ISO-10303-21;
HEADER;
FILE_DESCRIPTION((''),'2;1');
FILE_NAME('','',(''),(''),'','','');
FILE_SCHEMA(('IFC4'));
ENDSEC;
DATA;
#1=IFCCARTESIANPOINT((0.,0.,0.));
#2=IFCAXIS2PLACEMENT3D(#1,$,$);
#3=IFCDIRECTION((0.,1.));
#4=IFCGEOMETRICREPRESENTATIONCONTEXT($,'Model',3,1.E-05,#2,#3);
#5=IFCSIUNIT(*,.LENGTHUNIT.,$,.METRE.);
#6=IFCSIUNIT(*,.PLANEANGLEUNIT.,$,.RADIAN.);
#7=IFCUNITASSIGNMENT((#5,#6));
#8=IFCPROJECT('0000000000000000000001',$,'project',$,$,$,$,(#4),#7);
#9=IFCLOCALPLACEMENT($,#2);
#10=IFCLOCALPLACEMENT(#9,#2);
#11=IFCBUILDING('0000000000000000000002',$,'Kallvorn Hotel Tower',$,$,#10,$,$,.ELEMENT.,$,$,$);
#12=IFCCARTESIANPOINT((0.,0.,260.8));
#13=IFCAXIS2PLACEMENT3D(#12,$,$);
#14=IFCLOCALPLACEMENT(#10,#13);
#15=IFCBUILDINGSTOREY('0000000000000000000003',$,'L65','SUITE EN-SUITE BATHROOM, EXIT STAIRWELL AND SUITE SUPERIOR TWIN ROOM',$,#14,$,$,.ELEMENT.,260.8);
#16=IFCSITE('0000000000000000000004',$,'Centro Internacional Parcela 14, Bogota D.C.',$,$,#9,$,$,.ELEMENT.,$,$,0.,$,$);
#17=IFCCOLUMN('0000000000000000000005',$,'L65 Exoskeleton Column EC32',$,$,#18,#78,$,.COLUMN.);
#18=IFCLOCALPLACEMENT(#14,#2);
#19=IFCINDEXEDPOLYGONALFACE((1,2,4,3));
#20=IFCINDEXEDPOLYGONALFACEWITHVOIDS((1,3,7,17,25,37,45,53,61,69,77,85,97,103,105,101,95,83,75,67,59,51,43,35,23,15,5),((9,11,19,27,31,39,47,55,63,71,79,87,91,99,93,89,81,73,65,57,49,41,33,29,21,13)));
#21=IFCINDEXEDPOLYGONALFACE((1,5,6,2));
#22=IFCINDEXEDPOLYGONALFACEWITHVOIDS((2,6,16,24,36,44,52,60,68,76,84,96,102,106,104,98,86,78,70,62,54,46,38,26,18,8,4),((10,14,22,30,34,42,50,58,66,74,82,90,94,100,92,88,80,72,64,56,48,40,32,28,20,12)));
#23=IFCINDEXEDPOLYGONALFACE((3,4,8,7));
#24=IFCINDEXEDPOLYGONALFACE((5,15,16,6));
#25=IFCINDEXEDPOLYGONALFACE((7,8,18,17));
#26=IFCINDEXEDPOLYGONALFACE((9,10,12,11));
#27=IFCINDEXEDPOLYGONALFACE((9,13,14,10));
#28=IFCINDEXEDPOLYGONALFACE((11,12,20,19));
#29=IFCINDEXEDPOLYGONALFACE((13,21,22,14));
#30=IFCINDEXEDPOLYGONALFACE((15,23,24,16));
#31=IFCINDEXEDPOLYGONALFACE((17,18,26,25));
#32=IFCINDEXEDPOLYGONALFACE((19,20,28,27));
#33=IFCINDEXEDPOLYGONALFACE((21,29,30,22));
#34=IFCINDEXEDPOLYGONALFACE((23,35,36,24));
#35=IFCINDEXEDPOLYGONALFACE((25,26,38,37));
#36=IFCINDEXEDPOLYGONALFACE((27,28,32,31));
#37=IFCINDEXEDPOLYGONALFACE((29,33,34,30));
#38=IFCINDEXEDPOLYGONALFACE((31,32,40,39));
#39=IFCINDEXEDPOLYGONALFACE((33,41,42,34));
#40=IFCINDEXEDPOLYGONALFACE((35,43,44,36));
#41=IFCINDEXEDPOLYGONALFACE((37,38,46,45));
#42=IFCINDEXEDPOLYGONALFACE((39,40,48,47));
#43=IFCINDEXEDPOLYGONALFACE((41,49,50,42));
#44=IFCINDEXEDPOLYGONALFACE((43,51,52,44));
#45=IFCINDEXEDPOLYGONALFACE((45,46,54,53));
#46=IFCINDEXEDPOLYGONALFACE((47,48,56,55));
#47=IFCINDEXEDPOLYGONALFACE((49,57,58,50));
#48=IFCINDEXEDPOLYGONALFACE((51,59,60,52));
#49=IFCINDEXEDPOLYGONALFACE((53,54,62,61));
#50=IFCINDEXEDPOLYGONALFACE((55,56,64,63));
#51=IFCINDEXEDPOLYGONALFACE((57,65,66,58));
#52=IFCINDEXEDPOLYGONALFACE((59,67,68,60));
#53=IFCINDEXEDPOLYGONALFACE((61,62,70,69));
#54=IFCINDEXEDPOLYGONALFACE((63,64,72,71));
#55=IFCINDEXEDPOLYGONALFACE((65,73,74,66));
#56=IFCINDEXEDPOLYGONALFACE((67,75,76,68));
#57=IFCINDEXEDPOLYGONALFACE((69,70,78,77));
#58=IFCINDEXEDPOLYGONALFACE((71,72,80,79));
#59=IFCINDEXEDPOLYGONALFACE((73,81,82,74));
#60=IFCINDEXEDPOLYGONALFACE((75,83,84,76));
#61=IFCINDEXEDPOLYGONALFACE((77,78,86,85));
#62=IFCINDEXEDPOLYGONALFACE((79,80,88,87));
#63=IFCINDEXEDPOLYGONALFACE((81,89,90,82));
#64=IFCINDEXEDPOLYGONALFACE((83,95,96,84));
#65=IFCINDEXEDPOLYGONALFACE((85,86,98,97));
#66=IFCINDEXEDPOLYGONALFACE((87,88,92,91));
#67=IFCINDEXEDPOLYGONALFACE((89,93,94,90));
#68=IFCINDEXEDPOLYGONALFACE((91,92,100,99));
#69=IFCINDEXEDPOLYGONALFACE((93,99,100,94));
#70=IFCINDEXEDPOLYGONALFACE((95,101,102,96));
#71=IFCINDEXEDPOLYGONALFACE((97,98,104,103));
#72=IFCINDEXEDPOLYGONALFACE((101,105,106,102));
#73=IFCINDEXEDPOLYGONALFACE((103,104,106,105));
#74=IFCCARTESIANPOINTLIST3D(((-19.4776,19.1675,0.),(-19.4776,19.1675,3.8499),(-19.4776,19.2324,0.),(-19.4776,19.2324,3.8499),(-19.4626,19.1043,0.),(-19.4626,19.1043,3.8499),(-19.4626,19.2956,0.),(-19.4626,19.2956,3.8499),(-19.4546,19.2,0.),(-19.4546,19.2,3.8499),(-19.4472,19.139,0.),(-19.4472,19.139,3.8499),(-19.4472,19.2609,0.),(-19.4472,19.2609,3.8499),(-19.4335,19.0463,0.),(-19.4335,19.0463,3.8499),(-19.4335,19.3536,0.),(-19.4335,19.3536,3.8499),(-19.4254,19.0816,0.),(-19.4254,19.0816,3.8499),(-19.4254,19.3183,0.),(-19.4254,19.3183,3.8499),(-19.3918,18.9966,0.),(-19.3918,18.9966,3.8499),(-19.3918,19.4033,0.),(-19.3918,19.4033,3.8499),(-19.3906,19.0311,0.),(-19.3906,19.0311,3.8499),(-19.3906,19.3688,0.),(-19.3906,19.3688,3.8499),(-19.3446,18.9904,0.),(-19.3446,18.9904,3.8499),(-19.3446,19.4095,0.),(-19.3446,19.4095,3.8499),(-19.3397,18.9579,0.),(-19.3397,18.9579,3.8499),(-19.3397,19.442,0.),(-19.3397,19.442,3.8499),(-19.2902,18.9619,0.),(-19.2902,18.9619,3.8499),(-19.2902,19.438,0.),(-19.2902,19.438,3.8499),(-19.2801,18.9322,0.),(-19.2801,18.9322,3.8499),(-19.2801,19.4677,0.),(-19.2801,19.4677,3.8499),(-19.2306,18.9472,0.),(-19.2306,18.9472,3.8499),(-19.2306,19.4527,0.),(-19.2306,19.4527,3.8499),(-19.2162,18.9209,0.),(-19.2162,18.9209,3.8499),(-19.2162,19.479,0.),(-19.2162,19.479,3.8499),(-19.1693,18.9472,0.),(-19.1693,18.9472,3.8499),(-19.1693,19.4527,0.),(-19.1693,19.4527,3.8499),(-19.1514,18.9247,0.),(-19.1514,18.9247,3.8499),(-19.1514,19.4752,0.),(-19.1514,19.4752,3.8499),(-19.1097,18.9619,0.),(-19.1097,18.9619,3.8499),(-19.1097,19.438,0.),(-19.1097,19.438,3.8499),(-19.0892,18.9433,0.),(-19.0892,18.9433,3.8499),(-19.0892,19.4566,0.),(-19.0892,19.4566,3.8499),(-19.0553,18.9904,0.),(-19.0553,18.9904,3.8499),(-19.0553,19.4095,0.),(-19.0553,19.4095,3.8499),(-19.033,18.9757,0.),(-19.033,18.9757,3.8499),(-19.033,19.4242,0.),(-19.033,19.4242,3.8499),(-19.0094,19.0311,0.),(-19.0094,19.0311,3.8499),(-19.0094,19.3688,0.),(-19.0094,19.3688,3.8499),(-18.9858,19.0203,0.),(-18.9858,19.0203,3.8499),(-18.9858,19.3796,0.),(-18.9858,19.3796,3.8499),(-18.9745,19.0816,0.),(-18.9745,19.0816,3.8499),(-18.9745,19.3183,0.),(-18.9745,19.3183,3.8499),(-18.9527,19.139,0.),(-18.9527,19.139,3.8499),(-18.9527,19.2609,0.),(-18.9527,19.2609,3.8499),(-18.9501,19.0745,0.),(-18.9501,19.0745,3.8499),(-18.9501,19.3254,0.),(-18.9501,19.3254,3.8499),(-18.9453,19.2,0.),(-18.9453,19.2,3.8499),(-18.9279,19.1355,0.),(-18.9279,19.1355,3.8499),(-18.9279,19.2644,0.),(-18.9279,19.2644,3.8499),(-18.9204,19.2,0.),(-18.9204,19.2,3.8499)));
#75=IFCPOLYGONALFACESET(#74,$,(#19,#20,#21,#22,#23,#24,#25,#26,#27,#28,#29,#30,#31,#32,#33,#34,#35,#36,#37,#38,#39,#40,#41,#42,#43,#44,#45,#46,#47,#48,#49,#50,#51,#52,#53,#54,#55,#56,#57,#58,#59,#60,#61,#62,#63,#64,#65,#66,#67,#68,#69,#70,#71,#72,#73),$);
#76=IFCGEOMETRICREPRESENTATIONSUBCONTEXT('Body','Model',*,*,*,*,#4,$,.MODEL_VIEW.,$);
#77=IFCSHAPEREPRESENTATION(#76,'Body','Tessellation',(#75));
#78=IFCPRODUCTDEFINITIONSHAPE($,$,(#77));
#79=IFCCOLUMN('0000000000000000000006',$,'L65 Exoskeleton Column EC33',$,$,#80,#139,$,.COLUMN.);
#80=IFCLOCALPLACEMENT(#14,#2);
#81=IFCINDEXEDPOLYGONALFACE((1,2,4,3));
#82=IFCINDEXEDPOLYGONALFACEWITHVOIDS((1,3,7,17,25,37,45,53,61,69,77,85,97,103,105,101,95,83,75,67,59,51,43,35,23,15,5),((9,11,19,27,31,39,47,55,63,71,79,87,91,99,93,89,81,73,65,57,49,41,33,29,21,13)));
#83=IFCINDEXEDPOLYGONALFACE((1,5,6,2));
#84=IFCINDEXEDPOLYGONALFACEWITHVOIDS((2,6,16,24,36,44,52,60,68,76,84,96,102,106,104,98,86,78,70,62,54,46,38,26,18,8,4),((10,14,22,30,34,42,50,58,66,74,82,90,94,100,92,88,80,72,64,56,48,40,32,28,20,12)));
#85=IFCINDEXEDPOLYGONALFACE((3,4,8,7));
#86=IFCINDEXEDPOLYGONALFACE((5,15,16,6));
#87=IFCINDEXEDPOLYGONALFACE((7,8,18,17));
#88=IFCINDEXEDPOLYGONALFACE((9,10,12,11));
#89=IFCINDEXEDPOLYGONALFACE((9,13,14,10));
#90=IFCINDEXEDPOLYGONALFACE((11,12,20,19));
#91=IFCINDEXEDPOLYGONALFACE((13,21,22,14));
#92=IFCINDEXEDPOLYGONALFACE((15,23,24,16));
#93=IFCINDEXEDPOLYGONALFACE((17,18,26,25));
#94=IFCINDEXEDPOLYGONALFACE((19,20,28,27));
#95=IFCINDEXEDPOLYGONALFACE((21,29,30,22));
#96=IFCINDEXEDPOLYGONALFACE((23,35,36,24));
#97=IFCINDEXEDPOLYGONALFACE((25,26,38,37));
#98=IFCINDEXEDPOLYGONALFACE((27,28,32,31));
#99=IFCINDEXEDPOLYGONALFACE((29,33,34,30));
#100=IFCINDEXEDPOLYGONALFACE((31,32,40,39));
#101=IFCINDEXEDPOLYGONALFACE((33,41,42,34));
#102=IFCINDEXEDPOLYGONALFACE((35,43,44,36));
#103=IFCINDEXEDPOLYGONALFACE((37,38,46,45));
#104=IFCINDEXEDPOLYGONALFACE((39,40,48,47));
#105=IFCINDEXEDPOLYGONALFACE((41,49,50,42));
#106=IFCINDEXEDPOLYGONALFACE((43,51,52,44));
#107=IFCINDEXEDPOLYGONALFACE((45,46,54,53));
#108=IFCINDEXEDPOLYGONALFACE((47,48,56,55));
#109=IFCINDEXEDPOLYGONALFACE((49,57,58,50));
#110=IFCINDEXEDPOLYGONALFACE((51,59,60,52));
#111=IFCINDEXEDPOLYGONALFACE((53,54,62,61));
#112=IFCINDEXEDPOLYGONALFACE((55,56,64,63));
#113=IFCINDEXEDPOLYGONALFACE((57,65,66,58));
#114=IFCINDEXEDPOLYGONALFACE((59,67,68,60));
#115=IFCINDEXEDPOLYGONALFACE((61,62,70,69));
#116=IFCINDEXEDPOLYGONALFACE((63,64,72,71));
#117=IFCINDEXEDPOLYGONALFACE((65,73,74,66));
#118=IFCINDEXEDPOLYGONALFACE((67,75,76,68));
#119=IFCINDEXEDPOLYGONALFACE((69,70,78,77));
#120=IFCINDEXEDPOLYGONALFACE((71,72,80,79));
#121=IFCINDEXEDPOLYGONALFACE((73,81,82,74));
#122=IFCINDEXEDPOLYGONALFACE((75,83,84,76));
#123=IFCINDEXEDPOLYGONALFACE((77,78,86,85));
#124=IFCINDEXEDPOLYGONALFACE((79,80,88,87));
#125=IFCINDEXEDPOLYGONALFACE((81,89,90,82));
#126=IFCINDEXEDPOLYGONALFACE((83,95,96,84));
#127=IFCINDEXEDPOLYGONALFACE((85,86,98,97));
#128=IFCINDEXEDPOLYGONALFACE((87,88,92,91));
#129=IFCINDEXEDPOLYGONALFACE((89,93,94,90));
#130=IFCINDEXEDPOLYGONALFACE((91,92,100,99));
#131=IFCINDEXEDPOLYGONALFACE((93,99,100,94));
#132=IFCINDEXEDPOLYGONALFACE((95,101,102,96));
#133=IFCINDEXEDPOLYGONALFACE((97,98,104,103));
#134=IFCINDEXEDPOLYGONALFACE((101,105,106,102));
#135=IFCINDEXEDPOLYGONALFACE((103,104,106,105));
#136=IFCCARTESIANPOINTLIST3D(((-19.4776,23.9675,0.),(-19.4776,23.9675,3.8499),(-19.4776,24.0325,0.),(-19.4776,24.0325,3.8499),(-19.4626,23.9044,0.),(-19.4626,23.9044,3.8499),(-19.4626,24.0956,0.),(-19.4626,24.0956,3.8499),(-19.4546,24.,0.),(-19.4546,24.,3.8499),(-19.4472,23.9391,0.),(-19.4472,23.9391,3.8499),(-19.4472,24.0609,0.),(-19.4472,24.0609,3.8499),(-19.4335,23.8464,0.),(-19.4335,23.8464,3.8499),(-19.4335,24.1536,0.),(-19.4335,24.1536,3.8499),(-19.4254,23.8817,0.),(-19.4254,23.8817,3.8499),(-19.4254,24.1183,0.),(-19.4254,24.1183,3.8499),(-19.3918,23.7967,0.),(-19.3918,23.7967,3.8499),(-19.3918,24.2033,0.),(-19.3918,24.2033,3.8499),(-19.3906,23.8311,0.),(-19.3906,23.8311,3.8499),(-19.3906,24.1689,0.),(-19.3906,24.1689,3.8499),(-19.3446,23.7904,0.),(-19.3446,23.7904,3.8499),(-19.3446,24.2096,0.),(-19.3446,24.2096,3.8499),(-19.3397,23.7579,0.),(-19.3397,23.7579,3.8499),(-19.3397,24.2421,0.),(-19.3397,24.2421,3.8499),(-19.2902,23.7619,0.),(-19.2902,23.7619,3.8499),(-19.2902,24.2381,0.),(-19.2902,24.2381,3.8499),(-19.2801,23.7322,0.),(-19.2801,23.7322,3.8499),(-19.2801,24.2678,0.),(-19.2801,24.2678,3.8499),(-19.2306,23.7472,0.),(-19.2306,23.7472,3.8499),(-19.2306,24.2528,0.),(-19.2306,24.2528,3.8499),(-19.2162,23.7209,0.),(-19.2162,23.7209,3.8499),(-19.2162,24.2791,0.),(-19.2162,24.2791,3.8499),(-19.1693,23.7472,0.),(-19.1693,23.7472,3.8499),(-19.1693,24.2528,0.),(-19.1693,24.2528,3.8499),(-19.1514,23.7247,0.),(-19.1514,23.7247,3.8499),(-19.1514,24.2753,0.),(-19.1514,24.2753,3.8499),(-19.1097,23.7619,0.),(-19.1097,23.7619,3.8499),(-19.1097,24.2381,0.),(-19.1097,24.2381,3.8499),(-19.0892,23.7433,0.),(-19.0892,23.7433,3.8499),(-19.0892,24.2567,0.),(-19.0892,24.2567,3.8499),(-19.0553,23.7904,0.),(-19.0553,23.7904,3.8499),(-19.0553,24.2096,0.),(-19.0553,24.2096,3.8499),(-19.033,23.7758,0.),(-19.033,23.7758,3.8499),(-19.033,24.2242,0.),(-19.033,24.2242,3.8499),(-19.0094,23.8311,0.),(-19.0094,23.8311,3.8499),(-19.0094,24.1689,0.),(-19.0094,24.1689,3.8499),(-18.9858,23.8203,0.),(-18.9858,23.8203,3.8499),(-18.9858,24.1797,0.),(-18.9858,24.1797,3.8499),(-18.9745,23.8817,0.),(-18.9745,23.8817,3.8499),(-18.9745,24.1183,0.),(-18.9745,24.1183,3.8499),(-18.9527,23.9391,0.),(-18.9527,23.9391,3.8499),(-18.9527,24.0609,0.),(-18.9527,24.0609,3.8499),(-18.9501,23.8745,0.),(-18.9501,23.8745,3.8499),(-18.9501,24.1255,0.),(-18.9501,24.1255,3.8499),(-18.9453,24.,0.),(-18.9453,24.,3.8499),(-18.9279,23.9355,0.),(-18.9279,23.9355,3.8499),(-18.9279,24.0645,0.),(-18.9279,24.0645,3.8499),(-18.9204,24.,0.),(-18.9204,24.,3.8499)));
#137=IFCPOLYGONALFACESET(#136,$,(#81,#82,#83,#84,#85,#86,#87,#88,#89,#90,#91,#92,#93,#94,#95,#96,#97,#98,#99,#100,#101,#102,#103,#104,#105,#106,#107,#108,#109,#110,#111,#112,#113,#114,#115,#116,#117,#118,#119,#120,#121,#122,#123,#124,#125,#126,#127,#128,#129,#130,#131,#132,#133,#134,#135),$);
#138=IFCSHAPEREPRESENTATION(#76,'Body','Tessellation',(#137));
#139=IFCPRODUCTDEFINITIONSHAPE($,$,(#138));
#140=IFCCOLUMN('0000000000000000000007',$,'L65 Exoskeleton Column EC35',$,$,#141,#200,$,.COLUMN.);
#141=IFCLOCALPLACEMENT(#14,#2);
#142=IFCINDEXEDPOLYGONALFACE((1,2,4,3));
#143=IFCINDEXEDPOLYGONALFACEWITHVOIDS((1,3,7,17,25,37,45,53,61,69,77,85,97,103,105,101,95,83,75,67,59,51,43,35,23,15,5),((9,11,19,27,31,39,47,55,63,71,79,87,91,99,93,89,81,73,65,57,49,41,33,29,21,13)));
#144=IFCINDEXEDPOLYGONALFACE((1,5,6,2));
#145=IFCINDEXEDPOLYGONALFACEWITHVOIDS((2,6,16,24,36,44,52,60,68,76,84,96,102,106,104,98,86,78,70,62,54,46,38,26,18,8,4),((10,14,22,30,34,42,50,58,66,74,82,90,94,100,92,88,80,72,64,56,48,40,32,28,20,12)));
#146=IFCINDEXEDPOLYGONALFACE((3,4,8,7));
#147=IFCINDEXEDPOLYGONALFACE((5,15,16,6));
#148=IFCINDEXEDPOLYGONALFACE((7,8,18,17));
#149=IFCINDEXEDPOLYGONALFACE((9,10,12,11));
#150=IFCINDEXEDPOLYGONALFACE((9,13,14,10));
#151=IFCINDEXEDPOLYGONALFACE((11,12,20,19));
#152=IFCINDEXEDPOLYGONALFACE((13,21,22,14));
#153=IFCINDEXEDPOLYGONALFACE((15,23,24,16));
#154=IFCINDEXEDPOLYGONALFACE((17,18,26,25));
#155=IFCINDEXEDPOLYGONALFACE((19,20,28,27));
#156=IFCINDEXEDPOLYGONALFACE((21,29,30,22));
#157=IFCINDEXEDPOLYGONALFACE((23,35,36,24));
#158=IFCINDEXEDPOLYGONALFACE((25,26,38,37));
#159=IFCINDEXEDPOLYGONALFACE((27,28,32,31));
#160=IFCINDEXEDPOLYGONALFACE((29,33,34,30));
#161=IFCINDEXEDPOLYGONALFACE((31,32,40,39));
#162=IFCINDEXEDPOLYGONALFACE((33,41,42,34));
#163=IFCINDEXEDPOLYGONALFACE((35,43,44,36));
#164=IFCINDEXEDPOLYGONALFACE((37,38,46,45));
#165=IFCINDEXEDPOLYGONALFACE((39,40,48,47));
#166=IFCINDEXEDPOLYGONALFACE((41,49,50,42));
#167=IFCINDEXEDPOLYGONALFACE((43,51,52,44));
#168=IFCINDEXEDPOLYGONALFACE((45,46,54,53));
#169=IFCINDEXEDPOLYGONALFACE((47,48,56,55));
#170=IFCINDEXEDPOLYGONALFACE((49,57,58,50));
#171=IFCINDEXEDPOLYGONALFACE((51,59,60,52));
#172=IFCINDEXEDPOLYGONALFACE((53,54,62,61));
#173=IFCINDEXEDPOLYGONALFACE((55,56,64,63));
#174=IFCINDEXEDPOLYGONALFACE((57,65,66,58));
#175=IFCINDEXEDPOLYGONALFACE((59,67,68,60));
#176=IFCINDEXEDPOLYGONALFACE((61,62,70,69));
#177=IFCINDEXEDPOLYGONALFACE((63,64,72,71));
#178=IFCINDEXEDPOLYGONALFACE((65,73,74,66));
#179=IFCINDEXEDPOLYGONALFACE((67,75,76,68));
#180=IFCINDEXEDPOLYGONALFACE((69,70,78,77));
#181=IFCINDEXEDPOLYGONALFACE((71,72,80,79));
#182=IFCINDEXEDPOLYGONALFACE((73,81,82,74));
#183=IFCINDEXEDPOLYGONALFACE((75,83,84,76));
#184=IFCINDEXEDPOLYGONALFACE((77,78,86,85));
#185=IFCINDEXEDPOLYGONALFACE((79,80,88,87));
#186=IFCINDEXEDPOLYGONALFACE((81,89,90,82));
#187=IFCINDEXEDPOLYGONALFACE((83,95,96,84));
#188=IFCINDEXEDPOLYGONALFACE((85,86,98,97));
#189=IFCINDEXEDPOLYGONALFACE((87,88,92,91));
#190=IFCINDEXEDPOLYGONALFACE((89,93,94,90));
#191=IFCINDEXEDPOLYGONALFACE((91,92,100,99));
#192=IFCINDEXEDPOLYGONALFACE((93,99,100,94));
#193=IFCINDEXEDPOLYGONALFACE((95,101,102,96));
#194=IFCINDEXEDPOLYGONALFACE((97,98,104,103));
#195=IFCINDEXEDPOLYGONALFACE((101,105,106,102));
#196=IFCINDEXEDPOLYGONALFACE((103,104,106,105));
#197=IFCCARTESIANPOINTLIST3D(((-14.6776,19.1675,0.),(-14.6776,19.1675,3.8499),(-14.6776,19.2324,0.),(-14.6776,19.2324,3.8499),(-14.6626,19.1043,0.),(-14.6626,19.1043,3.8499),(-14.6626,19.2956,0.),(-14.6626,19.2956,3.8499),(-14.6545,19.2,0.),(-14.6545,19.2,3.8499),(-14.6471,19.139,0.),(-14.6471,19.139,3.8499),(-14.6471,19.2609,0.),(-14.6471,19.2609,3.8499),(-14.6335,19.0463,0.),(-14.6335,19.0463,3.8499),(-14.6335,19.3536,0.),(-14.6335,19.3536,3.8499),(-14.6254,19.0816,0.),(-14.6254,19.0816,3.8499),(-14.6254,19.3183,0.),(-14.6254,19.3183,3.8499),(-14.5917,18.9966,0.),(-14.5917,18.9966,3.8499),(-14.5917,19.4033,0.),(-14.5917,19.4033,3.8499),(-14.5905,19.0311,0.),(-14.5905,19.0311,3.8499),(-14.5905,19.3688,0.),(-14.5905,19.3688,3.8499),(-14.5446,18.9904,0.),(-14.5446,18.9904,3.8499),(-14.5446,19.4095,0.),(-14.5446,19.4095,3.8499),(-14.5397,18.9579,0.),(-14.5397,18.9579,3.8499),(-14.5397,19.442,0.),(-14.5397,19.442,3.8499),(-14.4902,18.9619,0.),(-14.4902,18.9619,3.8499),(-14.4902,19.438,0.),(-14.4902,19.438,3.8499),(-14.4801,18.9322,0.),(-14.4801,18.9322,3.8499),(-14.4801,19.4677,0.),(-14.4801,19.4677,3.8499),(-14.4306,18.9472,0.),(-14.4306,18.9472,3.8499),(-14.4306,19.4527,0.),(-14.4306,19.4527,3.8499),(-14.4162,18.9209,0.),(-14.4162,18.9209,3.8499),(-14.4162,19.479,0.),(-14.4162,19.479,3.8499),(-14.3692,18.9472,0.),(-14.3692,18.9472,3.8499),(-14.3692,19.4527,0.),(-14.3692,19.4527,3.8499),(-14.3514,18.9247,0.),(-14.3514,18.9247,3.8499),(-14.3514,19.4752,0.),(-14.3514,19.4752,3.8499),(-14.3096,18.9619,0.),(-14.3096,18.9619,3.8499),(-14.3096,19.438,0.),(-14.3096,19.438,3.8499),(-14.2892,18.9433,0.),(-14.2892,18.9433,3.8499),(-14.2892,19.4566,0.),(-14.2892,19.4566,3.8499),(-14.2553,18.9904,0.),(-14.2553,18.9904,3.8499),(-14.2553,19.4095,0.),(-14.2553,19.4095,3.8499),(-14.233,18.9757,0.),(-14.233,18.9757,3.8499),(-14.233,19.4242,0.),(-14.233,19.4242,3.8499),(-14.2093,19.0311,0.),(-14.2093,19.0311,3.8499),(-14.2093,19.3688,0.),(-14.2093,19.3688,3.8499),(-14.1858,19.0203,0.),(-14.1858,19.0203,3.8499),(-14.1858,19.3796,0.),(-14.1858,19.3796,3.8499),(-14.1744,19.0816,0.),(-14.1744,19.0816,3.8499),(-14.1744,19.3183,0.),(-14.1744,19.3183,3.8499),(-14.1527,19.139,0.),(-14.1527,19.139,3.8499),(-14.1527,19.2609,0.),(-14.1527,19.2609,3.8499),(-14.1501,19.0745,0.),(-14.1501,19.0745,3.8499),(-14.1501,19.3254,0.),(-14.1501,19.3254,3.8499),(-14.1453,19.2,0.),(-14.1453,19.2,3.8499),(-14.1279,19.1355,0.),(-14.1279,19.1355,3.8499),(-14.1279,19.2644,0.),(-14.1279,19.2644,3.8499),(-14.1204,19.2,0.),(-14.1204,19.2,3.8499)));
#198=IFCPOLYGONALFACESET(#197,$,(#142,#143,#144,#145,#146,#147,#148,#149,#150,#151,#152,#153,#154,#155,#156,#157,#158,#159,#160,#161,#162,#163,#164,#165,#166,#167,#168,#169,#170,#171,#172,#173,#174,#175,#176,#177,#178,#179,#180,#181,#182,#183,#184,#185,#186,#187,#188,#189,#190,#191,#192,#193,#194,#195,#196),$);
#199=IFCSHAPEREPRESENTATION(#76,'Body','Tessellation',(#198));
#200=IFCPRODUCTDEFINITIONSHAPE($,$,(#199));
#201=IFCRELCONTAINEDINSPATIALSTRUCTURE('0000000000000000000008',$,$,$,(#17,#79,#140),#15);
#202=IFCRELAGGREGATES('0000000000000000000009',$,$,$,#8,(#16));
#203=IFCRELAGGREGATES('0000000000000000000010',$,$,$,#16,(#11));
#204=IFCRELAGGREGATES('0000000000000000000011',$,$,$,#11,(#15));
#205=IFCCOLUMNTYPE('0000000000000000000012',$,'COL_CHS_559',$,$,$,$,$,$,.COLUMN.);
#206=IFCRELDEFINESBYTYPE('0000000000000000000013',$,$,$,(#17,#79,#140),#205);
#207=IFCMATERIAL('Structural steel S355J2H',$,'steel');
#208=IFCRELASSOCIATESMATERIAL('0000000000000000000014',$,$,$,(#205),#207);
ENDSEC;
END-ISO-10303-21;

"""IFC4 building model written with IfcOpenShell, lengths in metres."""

from ifc_helpers import new_model, si_unit, direction, frame, origin, origin_2d, place, context, subcontext, project, spatial, hollow_circle, extrude, material, material_profile, profile_set, type_object, element, save


model = new_model("IFC4")

# Units and contexts
model_context = context("Model", 3, precision=1e-05, world=origin(), true_north=direction((0.0, 1.0)))
body_context = subcontext(model_context, "Body", "Model", "MODEL_VIEW")
ifc_project = project(units=[si_unit("LENGTHUNIT", "METRE"), si_unit("PLANEANGLEUNIT", "RADIAN")], contexts=[model_context])

# Site, building, storey
site_placement = place(None, origin())
site = spatial("IfcSite", under=ifc_project, at=site_placement, Name="Centro Internacional Parcela 14, Bogota D.C.", CompositionType="ELEMENT", RefElevation=0.0)
building_placement = place(site_placement, origin())
building = spatial("IfcBuilding", under=site, at=building_placement, Name="Kallvorn Hotel Tower", CompositionType="ELEMENT")
storey_placement = place(building_placement, frame((0.0, 0.0, 260.8)))
storey = spatial("IfcBuildingStorey", under=building, at=storey_placement, Name="L65", Description="SUITE EN-SUITE BATHROOM, EXIT STAIRWELL AND SUITE SUPERIOR TWIN ROOM", CompositionType="ELEMENT", Elevation=260.8)

# Columns
ifc_material_1 = material(Name="Structural steel S355J2H", Category="steel")
ifc_material_profile_1 = material_profile(ifc_material_1, hollow_circle(Radius=0.2795, WallThickness=0.0249, at=origin_2d()), Name="CHS 559x25")
ifc_profile_set_1 = profile_set([ifc_material_profile_1], Name="Structural steel S355J2H")
column_type_1 = type_object("IfcColumnType", Name="COL_CHS_559", PredefinedType="COLUMN", material=ifc_profile_set_1)
for number, where, z_axis, x_axis, name in (
    (1, (-19.2, 19.2, 0.0), (0.0, 0.0, 1.0), (1.0, 0.0, 0.0), "L65 Exoskeleton Column EC32"),
    (2, (-19.2, 24.0, 0.0), (0.0, 0.0, 1.0), (1.0, 0.0, 0.0), "L65 Exoskeleton Column EC33"),
    (3, (-14.3999, 19.2, 0.0), (0.0, 0.0, 1.0), (1.0, 0.0, 0.0), "L65 Exoskeleton Column EC35"),
):
    element("IfcColumn", number, at=place(storey_placement, frame(where, z_axis=z_axis, x_axis=x_axis)), inside=storey, type_object=column_type_1, Name=name, PredefinedType="COLUMN", context=body_context, shape_type="SweptSolid", body=[
        extrude(hollow_circle(Radius=0.2795, WallThickness=0.0249, at=origin_2d()), origin(), (0.0, 0.0, 1.0), 3.8499),
    ])

save(model, "model.ifc")
